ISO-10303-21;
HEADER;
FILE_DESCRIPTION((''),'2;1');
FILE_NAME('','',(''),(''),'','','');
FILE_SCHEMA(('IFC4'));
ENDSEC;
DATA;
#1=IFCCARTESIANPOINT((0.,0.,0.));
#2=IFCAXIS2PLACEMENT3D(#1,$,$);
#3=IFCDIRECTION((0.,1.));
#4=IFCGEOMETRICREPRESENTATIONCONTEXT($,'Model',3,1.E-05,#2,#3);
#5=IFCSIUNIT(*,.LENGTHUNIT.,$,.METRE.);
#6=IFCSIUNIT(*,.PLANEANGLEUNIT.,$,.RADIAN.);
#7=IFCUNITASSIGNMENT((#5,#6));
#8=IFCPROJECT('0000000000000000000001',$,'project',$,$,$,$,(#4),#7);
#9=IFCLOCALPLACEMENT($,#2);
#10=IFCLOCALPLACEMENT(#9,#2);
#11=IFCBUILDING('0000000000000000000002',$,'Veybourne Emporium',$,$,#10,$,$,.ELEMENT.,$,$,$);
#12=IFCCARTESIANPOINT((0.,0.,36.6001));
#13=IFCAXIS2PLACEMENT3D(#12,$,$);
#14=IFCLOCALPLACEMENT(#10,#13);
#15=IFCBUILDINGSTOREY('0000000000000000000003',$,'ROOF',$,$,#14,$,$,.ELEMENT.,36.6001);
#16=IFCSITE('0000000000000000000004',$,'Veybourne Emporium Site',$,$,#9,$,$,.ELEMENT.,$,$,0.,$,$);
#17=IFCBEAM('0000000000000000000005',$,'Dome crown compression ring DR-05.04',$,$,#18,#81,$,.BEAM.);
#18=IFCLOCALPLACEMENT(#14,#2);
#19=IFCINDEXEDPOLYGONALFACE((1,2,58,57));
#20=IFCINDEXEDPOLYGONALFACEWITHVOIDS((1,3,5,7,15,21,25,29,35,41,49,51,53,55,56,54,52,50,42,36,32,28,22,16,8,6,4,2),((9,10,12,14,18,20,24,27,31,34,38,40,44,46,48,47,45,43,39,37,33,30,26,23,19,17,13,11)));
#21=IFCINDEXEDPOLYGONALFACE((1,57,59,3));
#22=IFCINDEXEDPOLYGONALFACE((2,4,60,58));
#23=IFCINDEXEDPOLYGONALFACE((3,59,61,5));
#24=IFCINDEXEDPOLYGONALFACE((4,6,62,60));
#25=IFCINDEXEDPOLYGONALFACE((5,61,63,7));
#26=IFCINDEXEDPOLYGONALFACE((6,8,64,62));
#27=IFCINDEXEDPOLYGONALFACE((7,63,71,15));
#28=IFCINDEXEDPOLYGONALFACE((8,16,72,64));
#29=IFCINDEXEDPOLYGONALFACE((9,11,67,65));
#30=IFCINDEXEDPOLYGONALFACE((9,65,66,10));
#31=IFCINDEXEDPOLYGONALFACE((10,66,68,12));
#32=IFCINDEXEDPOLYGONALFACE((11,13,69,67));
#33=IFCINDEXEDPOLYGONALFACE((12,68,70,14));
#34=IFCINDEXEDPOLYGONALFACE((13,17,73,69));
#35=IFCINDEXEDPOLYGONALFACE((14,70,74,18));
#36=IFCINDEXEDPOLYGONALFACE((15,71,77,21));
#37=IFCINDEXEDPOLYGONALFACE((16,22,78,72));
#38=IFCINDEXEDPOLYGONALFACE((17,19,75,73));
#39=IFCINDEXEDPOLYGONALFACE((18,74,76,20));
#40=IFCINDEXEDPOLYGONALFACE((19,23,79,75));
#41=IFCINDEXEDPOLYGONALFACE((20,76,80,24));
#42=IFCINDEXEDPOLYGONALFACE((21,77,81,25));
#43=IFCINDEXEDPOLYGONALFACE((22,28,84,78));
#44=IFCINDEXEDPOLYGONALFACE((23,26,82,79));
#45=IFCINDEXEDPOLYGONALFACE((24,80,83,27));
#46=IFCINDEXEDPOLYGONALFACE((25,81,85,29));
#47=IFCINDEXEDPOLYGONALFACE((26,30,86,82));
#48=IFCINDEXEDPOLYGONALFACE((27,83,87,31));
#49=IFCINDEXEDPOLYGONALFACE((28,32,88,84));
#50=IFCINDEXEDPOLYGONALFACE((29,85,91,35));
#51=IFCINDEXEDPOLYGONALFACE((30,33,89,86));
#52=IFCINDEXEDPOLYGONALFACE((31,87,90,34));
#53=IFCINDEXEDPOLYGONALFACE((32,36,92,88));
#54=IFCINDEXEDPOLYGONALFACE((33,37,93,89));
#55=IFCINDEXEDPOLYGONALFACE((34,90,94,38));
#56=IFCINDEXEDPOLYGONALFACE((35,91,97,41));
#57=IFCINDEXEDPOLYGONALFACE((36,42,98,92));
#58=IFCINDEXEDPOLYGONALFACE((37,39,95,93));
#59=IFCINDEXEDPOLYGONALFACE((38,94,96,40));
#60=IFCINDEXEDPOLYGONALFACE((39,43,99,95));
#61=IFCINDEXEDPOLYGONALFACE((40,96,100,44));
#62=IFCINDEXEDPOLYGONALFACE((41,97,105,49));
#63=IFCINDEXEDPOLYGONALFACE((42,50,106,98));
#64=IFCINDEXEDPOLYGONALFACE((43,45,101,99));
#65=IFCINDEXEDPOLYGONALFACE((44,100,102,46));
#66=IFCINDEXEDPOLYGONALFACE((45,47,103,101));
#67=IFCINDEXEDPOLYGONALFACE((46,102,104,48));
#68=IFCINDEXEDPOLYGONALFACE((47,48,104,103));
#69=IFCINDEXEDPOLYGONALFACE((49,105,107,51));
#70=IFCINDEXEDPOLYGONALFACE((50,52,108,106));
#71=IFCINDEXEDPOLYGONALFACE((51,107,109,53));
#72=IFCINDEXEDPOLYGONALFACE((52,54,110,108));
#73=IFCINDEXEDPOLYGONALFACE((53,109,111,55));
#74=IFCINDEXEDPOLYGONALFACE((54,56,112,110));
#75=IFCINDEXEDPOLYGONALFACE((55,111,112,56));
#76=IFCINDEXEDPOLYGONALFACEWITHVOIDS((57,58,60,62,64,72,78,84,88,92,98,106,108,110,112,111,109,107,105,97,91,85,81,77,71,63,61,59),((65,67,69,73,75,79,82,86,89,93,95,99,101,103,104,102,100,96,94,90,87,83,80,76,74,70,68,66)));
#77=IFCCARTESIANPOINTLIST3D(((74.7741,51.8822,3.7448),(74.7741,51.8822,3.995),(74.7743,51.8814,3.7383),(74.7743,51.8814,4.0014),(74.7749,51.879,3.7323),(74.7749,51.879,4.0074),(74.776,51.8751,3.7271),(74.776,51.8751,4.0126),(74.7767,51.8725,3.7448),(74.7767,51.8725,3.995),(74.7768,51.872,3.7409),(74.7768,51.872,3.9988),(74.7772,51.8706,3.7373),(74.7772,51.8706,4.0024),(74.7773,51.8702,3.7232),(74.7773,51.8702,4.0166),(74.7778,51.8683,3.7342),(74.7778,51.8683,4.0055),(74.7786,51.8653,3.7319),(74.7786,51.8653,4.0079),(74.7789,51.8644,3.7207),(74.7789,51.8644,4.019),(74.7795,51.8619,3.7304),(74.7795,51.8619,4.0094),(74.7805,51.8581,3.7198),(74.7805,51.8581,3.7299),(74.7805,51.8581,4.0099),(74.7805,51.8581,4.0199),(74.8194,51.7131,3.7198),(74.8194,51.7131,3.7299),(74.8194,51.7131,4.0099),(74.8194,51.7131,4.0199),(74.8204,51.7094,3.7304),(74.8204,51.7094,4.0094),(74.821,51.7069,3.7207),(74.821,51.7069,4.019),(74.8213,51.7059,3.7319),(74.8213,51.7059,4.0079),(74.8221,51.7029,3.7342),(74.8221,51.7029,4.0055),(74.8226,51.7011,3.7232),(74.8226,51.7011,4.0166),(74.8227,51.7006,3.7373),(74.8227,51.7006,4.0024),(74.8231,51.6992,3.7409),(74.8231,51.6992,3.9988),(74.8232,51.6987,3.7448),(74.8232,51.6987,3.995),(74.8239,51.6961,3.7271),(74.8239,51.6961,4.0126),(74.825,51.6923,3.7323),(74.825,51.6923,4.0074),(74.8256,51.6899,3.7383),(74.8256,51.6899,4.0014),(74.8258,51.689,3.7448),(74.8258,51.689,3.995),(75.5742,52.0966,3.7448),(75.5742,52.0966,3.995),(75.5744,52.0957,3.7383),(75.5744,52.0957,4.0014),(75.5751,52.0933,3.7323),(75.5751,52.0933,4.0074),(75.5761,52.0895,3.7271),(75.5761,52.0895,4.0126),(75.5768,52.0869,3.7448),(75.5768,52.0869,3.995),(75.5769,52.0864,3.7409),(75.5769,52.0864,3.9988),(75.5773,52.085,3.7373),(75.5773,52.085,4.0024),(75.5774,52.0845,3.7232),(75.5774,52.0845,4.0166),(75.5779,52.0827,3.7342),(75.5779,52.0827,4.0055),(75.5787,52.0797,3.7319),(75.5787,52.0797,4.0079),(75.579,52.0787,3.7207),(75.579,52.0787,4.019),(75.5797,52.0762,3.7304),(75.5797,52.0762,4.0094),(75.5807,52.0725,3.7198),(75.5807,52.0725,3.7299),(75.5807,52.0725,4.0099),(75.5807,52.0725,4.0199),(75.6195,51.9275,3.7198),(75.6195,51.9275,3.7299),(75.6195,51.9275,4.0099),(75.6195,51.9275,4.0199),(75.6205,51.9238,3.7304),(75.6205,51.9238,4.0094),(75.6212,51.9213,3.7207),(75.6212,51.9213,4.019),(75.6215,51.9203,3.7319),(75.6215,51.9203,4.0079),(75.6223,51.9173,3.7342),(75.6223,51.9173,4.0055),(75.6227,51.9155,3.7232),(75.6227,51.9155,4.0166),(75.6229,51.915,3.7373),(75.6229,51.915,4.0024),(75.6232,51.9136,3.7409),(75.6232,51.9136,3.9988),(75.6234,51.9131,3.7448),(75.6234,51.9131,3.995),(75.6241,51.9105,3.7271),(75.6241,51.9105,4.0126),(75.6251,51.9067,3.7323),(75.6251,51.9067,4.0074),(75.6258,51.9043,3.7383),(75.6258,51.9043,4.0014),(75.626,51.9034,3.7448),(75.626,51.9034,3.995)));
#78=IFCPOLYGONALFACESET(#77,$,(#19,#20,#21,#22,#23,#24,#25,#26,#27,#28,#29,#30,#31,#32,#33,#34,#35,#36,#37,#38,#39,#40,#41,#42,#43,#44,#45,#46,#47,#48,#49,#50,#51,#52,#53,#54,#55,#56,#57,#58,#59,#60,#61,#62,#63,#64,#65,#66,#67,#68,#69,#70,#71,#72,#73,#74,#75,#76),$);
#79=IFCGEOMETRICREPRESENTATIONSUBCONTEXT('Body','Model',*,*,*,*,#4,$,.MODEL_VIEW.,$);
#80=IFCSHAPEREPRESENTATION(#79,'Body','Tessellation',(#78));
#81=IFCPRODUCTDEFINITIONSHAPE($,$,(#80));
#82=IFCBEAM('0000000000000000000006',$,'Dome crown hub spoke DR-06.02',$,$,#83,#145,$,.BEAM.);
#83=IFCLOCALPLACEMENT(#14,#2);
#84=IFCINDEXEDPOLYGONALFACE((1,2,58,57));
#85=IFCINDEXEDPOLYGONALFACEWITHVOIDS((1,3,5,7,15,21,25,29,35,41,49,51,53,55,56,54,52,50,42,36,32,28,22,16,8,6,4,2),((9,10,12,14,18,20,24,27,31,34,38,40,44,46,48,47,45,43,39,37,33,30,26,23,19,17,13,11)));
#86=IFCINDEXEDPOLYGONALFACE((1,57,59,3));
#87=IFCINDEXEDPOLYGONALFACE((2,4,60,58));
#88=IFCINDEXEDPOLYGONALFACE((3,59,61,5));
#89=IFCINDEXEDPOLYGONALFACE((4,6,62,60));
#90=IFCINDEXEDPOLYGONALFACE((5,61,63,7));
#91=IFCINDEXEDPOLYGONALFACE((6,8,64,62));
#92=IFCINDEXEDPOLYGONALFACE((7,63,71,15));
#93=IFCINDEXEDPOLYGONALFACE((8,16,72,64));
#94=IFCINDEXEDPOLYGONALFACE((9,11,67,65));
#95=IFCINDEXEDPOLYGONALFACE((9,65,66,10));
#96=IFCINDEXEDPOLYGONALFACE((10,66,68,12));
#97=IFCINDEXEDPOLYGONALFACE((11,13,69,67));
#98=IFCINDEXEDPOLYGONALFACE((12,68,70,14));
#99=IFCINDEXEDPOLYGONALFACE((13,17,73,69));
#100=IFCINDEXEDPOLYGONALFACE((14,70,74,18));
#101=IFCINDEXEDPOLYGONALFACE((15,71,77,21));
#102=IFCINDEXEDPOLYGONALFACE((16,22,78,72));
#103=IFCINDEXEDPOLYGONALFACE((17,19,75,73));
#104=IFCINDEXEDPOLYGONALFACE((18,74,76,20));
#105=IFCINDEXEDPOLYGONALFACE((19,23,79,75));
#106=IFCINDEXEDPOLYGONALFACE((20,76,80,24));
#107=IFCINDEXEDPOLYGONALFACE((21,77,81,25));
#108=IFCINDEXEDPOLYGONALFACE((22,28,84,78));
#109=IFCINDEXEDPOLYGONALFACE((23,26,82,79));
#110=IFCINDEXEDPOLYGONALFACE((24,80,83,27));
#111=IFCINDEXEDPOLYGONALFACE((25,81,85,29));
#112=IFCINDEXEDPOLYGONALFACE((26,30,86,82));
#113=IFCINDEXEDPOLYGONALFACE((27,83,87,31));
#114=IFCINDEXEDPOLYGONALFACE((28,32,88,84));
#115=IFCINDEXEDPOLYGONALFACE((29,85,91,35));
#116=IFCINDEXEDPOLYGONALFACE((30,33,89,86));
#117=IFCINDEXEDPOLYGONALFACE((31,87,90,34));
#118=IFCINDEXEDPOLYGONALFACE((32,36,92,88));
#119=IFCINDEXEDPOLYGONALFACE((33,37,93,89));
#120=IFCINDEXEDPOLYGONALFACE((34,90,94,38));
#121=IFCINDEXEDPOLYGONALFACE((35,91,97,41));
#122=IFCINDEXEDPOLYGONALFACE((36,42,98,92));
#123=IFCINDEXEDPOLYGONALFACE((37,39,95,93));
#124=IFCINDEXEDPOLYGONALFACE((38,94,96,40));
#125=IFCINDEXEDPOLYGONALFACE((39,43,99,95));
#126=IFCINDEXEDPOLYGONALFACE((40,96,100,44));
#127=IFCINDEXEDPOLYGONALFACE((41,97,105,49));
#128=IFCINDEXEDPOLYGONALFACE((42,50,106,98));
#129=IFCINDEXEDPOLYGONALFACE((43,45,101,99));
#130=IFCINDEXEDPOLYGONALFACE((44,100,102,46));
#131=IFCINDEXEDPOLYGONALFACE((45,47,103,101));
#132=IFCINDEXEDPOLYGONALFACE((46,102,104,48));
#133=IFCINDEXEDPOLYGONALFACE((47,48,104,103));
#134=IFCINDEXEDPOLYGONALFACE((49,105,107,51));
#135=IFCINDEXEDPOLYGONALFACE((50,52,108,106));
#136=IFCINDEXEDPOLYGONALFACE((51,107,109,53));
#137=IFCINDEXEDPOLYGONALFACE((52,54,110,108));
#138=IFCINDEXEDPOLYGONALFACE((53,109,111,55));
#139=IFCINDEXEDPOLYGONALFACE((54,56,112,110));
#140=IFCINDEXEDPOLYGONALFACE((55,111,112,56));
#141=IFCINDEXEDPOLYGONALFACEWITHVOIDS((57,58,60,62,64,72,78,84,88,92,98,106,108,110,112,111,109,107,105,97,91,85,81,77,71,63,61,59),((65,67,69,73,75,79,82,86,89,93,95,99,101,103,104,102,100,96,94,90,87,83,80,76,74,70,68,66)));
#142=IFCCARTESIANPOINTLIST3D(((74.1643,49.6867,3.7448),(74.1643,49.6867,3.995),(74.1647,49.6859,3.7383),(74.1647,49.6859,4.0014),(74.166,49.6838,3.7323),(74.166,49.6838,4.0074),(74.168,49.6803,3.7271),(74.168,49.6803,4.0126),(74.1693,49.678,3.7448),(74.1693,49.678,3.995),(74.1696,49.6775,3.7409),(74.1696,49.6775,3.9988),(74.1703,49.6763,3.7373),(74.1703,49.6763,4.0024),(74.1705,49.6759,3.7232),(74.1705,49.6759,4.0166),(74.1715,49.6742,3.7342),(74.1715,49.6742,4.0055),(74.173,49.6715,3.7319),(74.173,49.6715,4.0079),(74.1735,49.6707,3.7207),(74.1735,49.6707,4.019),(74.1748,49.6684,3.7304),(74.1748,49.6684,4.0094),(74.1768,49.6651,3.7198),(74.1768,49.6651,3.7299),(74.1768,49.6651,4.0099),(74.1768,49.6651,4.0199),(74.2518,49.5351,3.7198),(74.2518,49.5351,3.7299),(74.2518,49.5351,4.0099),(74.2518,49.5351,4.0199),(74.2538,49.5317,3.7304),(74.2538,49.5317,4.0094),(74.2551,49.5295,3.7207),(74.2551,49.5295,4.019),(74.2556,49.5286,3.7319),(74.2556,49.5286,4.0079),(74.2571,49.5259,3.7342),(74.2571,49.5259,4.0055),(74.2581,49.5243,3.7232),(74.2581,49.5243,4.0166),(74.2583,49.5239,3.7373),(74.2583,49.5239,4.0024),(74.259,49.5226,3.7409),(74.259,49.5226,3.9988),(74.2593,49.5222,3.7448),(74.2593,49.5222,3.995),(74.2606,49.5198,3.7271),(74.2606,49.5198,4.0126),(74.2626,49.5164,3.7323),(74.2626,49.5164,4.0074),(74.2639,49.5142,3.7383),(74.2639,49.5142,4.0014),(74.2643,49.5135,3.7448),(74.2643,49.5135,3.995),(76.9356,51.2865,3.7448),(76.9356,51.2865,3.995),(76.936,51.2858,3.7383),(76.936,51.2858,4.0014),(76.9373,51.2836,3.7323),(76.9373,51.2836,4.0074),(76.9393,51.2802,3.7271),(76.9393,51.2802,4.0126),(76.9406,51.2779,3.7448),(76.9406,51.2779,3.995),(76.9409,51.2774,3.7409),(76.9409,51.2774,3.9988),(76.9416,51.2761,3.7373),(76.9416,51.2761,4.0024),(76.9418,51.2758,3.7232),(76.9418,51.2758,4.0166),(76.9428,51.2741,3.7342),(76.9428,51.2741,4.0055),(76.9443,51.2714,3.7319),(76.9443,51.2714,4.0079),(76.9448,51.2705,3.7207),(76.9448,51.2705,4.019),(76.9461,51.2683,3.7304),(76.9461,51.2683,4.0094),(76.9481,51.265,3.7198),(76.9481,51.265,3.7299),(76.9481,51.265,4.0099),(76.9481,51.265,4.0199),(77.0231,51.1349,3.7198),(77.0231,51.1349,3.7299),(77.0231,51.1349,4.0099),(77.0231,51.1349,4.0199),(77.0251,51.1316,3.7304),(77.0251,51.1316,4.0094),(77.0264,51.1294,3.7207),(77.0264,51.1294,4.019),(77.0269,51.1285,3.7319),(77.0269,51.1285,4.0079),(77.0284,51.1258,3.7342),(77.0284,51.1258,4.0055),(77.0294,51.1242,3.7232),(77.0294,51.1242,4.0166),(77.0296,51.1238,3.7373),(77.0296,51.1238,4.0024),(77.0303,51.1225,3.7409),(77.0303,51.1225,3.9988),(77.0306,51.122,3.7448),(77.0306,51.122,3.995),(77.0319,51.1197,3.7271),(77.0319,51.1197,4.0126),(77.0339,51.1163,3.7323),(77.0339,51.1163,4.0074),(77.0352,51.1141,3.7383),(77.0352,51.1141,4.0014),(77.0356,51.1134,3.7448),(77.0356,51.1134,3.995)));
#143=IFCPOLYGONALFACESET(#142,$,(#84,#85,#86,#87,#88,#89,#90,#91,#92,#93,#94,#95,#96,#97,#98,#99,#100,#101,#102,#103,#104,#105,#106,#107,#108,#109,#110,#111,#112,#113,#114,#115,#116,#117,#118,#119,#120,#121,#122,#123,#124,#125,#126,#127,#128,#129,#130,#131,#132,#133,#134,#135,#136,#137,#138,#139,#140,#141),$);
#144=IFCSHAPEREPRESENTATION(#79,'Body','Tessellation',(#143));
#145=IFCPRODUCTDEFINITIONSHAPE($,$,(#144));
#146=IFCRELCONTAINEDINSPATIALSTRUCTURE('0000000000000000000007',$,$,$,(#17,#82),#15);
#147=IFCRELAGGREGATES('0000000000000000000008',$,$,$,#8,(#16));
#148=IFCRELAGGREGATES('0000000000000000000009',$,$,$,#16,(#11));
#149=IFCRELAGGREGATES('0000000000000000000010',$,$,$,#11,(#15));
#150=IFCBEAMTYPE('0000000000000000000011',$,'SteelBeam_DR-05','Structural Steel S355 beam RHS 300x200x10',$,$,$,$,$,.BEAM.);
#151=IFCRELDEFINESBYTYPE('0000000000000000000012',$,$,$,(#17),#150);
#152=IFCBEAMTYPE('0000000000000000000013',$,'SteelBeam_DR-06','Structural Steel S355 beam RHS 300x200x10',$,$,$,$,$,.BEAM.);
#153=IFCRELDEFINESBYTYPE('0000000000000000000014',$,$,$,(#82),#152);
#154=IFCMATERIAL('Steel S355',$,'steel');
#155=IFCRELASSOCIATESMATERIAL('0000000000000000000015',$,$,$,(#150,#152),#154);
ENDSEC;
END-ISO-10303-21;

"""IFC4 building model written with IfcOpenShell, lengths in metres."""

from ifc_helpers import new_model, si_unit, direction, frame, origin, origin_2d, place, context, subcontext, project, spatial, hollow_rectangle, extrude, material, material_profile, profile_set, type_object, element, save


model = new_model("IFC4")

# Units and contexts
model_context = context("Model", 3, precision=1e-05, world=origin(), true_north=direction((0.0, 1.0)))
body_context = subcontext(model_context, "Body", "Model", "MODEL_VIEW")
ifc_project = project(units=[si_unit("LENGTHUNIT", "METRE"), si_unit("PLANEANGLEUNIT", "RADIAN")], contexts=[model_context])

# Site, building, storey
site_placement = place(None, origin())
site = spatial("IfcSite", under=ifc_project, at=site_placement, Name="Veybourne Emporium Site", CompositionType="ELEMENT", RefElevation=0.0)
building_placement = place(site_placement, origin())
building = spatial("IfcBuilding", under=site, at=building_placement, Name="Veybourne Emporium", CompositionType="ELEMENT")
storey_placement = place(building_placement, frame((0.0, 0.0, 36.6001)))
storey = spatial("IfcBuildingStorey", under=building, at=storey_placement, Name="ROOF", CompositionType="ELEMENT", Elevation=36.6001)

# Beams
ifc_material_1 = material(Name="Steel S355", Category="steel")
ifc_material_profile_1 = material_profile(ifc_material_1, hollow_rectangle(XDim=0.2, YDim=0.3, WallThickness=0.01, InnerFilletRadius=0.0149, OuterFilletRadius=0.0249, at=origin_2d()), Name="RHS 300x200x10")
ifc_profile_set_1 = profile_set([ifc_material_profile_1], Name="Steel S355")
beam_type_1 = type_object("IfcBeamType", Name="SteelBeam_DR-05", Description="Structural Steel S355 beam RHS 300x200x10", PredefinedType="BEAM", material=ifc_profile_set_1)
beam_1_placement = place(storey_placement, frame((75.6001, 52.0, 3.8699), z_axis=(-0.965931, -0.2588, 0.0), x_axis=(0.2588, -0.965931, 0.0)))
element("IfcBeam", 1, at=beam_1_placement, inside=storey, type_object=beam_type_1, Name="Dome crown compression ring DR-05.04", PredefinedType="BEAM", context=body_context, shape_type="SweptSolid", body=[
    extrude(hollow_rectangle(XDim=0.2, YDim=0.3, WallThickness=0.01, InnerFilletRadius=0.0149, OuterFilletRadius=0.0249, at=origin_2d()), origin(), (0.0, 0.0, 1.0), 0.8284),
])
ifc_material_profile_2 = material_profile(ifc_material_1, hollow_rectangle(XDim=0.2, YDim=0.3, WallThickness=0.01, InnerFilletRadius=0.0149, OuterFilletRadius=0.0249, at=origin_2d()), Name="RHS 300x200x10")
ifc_profile_set_2 = profile_set([ifc_material_profile_2], Name="Steel S355")
beam_type_2 = type_object("IfcBeamType", Name="SteelBeam_DR-06", Description="Structural Steel S355 beam RHS 300x200x10", PredefinedType="BEAM", material=ifc_profile_set_2)
for number, where, z_axis, x_axis, name in (
    (2, (76.9856, 51.2, 3.8699), (-0.866042, -0.499971, 0.0), (0.499971, -0.866042, 0.0), "Dome crown hub spoke DR-06.02"),
):
    element("IfcBeam", number, at=place(storey_placement, frame(where, z_axis=z_axis, x_axis=x_axis)), inside=storey, type_object=beam_type_2, Name=name, PredefinedType="BEAM", context=body_context, shape_type="SweptSolid", body=[
        extrude(hollow_rectangle(XDim=0.2, YDim=0.3, WallThickness=0.01, InnerFilletRadius=0.0149, OuterFilletRadius=0.0249, at=origin_2d()), origin(), (0.0, 0.0, 1.0), 3.2),
    ])

save(model, "model.ifc")
